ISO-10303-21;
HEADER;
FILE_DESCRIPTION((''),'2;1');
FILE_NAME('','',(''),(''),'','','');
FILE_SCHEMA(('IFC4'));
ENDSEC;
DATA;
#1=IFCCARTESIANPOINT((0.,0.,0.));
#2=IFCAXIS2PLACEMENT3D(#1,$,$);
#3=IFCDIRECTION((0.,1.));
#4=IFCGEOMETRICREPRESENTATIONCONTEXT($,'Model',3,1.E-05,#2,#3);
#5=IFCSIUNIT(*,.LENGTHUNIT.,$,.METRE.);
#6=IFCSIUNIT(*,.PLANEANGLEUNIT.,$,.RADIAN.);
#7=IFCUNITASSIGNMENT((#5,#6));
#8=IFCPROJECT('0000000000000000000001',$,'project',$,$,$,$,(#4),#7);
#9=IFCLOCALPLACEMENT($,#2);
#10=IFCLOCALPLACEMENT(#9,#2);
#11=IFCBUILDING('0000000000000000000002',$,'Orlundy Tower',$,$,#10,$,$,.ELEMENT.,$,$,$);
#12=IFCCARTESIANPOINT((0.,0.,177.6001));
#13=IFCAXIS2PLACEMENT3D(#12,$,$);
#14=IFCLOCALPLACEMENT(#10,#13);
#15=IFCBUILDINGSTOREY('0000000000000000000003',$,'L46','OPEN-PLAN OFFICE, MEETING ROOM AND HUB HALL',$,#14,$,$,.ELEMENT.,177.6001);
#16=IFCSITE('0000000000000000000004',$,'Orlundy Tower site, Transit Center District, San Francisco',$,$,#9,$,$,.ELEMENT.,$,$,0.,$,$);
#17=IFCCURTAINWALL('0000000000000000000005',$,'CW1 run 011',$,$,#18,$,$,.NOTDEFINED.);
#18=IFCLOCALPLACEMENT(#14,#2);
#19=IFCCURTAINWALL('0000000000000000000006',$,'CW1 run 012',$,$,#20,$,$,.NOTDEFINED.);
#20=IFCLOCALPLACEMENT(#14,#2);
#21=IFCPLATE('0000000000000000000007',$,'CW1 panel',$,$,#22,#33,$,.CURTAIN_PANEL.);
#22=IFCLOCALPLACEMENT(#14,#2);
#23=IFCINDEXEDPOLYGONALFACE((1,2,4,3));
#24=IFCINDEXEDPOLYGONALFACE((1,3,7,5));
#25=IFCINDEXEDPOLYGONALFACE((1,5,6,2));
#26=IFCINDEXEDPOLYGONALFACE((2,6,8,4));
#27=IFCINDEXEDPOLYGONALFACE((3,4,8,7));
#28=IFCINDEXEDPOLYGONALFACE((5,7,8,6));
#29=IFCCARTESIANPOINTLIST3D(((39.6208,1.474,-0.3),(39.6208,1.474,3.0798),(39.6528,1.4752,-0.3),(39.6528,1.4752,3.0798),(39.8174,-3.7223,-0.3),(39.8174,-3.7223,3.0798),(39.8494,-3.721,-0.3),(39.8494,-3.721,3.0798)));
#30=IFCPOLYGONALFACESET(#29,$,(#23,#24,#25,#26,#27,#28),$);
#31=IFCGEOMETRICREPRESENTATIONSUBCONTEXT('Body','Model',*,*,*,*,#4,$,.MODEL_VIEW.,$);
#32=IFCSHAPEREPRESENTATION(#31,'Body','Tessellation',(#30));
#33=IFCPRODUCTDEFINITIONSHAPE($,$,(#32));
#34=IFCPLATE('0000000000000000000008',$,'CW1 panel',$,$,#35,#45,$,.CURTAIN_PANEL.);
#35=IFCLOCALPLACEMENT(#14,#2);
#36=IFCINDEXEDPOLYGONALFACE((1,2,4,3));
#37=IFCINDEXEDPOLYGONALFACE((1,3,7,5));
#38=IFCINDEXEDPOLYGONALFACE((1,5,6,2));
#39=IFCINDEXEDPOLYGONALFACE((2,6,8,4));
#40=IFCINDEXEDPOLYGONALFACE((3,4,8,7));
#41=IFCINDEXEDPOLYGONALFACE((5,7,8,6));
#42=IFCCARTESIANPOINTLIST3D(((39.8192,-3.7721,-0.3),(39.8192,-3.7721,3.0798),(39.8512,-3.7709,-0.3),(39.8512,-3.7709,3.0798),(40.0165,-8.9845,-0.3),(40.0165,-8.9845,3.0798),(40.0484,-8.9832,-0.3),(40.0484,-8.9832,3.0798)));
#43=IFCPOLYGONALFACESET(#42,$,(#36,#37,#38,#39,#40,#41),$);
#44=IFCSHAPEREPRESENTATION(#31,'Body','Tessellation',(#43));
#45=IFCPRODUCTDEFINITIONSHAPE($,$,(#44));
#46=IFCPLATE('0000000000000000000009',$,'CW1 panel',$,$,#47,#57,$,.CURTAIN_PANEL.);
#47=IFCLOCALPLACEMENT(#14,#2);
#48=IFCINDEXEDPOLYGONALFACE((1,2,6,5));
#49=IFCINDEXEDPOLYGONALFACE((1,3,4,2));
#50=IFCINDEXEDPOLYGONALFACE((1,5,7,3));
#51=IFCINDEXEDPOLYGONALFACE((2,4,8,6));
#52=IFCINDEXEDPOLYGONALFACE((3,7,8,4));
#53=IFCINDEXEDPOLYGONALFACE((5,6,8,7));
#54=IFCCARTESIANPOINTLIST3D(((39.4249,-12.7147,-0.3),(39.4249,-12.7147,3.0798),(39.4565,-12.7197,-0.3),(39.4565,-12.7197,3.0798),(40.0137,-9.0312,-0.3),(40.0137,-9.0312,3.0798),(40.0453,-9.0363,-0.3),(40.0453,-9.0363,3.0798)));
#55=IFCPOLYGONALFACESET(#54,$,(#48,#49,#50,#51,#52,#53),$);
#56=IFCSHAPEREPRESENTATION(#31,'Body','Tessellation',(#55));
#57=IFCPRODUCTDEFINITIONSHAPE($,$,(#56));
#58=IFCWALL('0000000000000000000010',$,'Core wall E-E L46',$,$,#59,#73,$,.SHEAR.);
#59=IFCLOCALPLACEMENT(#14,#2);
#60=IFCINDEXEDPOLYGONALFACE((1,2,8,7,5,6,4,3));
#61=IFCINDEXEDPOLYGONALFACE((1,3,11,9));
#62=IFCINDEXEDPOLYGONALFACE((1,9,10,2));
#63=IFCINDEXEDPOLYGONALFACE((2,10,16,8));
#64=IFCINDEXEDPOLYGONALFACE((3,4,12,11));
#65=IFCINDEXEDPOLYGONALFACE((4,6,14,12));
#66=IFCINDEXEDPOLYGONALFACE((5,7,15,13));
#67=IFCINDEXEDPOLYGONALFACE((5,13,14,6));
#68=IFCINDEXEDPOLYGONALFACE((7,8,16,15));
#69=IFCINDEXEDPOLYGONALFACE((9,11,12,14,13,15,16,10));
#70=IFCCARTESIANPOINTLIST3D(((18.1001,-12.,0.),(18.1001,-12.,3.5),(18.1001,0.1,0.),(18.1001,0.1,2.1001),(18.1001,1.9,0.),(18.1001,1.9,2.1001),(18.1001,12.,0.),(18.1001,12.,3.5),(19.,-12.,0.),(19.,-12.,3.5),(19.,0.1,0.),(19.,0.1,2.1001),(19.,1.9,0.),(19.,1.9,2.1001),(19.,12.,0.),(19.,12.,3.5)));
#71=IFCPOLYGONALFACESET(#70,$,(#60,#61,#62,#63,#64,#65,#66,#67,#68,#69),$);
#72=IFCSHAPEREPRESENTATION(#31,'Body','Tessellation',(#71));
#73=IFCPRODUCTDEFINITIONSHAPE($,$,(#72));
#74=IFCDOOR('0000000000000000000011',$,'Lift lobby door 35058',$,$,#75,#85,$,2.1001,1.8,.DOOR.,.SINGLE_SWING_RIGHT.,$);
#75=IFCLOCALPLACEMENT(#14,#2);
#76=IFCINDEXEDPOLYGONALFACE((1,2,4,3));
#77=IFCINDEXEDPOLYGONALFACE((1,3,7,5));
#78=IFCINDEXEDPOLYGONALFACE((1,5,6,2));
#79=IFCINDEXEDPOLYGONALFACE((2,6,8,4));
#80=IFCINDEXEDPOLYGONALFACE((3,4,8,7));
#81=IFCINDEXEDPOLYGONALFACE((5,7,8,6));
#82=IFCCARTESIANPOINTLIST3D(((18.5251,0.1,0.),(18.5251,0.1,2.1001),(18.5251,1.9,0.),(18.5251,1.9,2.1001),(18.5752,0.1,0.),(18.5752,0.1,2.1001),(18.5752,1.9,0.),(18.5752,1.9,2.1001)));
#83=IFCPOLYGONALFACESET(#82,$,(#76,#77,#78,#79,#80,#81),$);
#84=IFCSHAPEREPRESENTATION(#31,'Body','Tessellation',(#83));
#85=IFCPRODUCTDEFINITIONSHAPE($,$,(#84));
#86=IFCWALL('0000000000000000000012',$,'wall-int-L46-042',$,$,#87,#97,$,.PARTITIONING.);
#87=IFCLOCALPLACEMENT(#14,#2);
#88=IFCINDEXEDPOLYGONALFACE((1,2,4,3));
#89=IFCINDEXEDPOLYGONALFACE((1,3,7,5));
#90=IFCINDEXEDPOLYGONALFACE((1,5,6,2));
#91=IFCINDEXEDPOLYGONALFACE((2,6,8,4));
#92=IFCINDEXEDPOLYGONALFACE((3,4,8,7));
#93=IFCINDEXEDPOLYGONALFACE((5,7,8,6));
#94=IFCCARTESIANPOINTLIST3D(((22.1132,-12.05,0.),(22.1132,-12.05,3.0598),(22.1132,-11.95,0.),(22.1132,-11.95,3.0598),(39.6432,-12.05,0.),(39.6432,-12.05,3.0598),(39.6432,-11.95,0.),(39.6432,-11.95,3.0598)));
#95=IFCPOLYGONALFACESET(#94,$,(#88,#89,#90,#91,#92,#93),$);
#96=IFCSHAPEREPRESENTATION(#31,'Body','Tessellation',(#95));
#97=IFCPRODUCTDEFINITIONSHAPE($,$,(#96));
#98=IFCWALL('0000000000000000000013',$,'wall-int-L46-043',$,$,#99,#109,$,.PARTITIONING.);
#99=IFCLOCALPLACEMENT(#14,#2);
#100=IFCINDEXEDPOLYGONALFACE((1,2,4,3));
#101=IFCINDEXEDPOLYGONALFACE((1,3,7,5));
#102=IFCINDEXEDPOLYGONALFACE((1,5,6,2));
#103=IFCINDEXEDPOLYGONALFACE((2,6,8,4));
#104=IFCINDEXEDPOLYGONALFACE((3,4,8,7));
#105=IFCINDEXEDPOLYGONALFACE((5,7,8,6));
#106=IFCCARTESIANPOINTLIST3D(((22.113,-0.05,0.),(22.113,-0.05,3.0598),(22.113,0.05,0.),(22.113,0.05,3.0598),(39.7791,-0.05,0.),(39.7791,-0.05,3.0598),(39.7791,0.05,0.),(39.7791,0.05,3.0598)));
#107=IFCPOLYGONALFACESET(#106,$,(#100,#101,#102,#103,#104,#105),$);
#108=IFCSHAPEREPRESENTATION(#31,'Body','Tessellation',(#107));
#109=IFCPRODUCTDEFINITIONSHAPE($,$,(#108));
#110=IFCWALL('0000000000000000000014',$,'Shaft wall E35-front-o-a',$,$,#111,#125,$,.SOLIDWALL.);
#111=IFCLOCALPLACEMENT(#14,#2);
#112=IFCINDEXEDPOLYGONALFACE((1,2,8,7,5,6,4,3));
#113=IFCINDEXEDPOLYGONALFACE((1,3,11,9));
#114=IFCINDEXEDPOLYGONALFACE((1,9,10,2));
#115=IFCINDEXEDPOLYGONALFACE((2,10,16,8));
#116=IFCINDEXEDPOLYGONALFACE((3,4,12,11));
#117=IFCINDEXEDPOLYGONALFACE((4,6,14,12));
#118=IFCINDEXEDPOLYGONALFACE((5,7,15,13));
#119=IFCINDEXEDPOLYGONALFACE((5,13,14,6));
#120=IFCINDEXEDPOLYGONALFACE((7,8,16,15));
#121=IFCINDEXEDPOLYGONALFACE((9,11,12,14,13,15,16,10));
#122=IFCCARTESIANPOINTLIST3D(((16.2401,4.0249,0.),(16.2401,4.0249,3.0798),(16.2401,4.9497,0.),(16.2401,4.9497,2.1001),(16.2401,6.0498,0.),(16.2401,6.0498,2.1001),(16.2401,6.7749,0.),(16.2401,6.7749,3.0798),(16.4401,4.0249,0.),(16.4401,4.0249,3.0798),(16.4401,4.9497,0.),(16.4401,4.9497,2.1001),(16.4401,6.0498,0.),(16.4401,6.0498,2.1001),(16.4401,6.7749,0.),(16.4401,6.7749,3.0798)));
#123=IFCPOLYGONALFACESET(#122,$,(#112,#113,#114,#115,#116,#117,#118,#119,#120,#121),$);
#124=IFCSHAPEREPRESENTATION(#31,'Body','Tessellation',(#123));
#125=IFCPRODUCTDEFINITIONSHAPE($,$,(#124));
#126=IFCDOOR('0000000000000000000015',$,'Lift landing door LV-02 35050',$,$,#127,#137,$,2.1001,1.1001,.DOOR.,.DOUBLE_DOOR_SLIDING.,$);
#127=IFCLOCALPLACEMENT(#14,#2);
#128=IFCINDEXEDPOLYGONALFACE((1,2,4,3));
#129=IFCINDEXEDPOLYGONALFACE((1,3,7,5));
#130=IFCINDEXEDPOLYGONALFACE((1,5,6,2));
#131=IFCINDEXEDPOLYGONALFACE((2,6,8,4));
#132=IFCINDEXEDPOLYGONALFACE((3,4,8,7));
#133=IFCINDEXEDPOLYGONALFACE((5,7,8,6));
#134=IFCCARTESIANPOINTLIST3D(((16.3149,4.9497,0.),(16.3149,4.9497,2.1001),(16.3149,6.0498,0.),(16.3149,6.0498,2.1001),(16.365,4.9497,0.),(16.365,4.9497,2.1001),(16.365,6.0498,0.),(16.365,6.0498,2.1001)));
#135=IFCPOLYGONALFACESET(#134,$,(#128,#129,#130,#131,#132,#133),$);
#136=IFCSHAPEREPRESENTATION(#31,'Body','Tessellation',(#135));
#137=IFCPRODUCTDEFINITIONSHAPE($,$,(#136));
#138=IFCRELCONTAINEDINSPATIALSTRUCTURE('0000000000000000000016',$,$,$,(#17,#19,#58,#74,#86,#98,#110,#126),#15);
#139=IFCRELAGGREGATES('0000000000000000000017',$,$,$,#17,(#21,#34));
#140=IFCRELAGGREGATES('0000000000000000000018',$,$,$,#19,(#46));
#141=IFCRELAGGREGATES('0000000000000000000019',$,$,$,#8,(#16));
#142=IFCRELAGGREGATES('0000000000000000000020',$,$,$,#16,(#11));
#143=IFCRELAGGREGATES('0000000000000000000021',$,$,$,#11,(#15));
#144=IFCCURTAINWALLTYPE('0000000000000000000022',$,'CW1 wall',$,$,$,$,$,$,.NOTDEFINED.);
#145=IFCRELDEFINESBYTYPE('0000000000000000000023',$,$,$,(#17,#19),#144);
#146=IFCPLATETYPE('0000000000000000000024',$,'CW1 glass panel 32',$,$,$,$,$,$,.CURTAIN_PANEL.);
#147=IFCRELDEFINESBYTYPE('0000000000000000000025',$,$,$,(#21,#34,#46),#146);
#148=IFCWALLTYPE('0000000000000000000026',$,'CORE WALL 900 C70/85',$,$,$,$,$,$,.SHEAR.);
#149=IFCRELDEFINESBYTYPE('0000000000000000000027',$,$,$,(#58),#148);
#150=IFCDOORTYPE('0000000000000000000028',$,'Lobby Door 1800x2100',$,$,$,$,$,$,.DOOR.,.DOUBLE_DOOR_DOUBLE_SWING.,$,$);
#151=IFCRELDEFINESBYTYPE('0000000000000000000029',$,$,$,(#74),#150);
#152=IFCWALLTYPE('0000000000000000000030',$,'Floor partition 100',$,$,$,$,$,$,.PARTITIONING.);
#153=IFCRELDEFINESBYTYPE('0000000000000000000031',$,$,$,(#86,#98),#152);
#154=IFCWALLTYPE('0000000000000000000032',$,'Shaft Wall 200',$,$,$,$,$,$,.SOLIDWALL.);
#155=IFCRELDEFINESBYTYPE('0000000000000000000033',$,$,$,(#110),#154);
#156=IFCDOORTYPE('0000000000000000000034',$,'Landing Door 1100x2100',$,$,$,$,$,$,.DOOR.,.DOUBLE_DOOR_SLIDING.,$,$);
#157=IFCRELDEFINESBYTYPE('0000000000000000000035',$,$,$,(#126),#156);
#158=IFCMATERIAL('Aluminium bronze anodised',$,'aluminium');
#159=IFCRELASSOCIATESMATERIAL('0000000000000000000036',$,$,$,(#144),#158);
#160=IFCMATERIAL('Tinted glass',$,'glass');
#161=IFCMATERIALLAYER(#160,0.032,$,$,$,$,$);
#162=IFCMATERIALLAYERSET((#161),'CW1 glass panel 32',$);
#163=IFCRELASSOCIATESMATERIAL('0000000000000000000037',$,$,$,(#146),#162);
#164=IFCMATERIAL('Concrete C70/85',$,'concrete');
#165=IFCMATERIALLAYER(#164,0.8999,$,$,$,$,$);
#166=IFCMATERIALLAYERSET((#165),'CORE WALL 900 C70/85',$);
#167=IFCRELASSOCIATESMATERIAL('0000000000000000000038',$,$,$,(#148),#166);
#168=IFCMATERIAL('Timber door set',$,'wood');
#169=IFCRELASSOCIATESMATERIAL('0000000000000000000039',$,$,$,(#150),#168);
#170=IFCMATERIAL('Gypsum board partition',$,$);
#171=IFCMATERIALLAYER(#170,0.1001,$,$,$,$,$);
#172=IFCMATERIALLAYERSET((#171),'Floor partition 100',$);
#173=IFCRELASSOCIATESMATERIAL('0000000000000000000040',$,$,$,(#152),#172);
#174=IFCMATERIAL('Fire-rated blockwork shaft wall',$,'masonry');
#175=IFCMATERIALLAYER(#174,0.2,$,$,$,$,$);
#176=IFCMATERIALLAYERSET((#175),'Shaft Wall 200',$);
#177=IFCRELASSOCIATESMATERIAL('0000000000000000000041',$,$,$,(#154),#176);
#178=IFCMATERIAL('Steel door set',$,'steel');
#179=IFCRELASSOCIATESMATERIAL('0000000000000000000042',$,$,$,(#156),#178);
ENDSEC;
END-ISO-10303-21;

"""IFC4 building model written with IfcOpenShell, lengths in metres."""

from ifc_helpers import new_model, si_unit, direction, frame, frame_2d, origin, origin_2d, place, context, subcontext, project, spatial, rectangle, extrude, material, layer, layer_set, type_object, element, fill, aggregate, save


model = new_model("IFC4")

# Units and contexts
model_context = context("Model", 3, precision=1e-05, world=origin(), true_north=direction((0.0, 1.0)))
body_context = subcontext(model_context, "Body", "Model", "MODEL_VIEW")
ifc_project = project(units=[si_unit("LENGTHUNIT", "METRE"), si_unit("PLANEANGLEUNIT", "RADIAN")], contexts=[model_context])

# Site, building, storey
site_placement = place(None, origin())
site = spatial("IfcSite", under=ifc_project, at=site_placement, Name="Orlundy Tower site, Transit Center District, San Francisco", CompositionType="ELEMENT", RefElevation=0.0)
building_placement = place(site_placement, origin())
building = spatial("IfcBuilding", under=site, at=building_placement, Name="Orlundy Tower", CompositionType="ELEMENT")
storey_placement = place(building_placement, frame((0.0, 0.0, 177.6001)))
storey = spatial("IfcBuildingStorey", under=building, at=storey_placement, Name="L46", Description="OPEN-PLAN OFFICE, MEETING ROOM AND HUB HALL", CompositionType="ELEMENT", Elevation=177.6001)

# Curtain wall
ifc_material_1 = material(Name="Aluminium bronze anodised", Category="aluminium")
curtain_wall_type = type_object("IfcCurtainWallType", Name="CW1 wall", PredefinedType="NOTDEFINED", material=ifc_material_1)
curtain_wall_1_placement = place(storey_placement, origin())
curtain_wall_1 = element("IfcCurtainWall", 1, at=curtain_wall_1_placement, inside=storey, type_object=curtain_wall_type, Name="CW1 run 011", PredefinedType="NOTDEFINED")

# Curtain wall
curtain_wall_2_placement = place(storey_placement, origin())
curtain_wall_2 = element("IfcCurtainWall", 2, at=curtain_wall_2_placement, inside=storey, type_object=curtain_wall_type, Name="CW1 run 012", PredefinedType="NOTDEFINED")

# Plates
ifc_material_2 = material(Name="Tinted glass", Category="glass")
ifc_layer_1 = layer(ifc_material_2, 0.032)
ifc_layer_set_1 = layer_set([ifc_layer_1], Name="CW1 glass panel 32")
plate_type = type_object("IfcPlateType", Name="CW1 glass panel 32", PredefinedType="CURTAIN_PANEL", material=ifc_layer_set_1)
plate_1_placement = place(storey_placement, frame((39.7351, -1.1235, -0.3), z_axis=(0.0, 0.0, 1.0), x_axis=(0.037809, -0.999285, 0.0)))
plate_1 = element("IfcPlate", 3, at=plate_1_placement, type_object=plate_type, Name="CW1 panel", PredefinedType="CURTAIN_PANEL", context=body_context, shape_type="SweptSolid", body=[
    extrude(rectangle(XDim=5.2, YDim=0.032, at=origin_2d()), origin(), (0.0, 0.0, 1.0), 3.3799),
])
plate_2_placement = place(storey_placement, frame((39.9338, -6.3777, -0.3), z_axis=(0.0, 0.0, 1.0), x_axis=(0.037809, -0.999285, 0.0)))
plate_2 = element("IfcPlate", 4, at=plate_2_placement, type_object=plate_type, Name="CW1 panel", PredefinedType="CURTAIN_PANEL", context=body_context, shape_type="SweptSolid", body=[
    extrude(rectangle(XDim=5.2161, YDim=0.032, at=origin_2d()), origin(), (0.0, 0.0, 1.0), 3.3799),
])
aggregate(curtain_wall_1, [plate_1, plate_2])
plate_3_placement = place(storey_placement, frame((39.7351, -10.8755, -0.3), z_axis=(0.0, 0.0, 1.0), x_axis=(-0.157833, -0.987466, 0.0)))
plate_3 = element("IfcPlate", 5, at=plate_3_placement, type_object=plate_type, Name="CW1 panel", PredefinedType="CURTAIN_PANEL", context=body_context, shape_type="SweptSolid", body=[
    extrude(rectangle(XDim=3.7302, YDim=0.032, at=origin_2d()), origin(), (0.0, 0.0, 1.0), 3.3799),
])
aggregate(curtain_wall_2, [plate_3])

# Wall, opening, door
ifc_material_3 = material(Name="Concrete C70/85", Category="concrete")
ifc_layer_2 = layer(ifc_material_3, 0.8999)
ifc_layer_set_2 = layer_set([ifc_layer_2], Name="CORE WALL 900 C70/85")
wall_type_1 = type_object("IfcWallType", Name="CORE WALL 900 C70/85", PredefinedType="SHEAR", material=ifc_layer_set_2)
wall_1_placement = place(storey_placement, frame((18.55, -12.0, 0.0), z_axis=(0.0, 0.0, 1.0), x_axis=(0.0, 1.0, 0.0)))
wall_1 = element("IfcWall", 6, at=wall_1_placement, inside=storey, type_object=wall_type_1, Name="Core wall E-E L46", PredefinedType="SHEAR", context=body_context, shape_type="SweptSolid", body=[
    extrude(rectangle(XDim=24.0, YDim=0.8999, at=frame_2d((12.0, 0.0))), origin(), (0.0, 0.0, 1.0), 3.5),
])
opening_1_placement = place(wall_1_placement, frame((12.1001, 0.0, 0.0)))
opening_1 = element("IfcOpeningElement", 7, at=opening_1_placement, cuts=wall_1, PredefinedType="OPENING", context=body_context, shape_type="SweptSolid", body=[
    extrude(rectangle(XDim=1.8, YDim=2.1001, at=frame_2d((0.8999, 1.05))), frame((0.0, 0.46, 0.0), z_axis=(0.0, -1.0, 0.0), x_axis=(1.0, 0.0, 0.0)), (0.0, 0.0, 1.0), 0.9199),
])
ifc_material_4 = material(Name="Timber door set", Category="wood")
door_type_1 = type_object("IfcDoorType", Name="Lobby Door 1800x2100", OperationType="DOUBLE_DOOR_DOUBLE_SWING", PredefinedType="DOOR", material=ifc_material_4)
door_1_placement = place(opening_1_placement, origin())
door_1 = element("IfcDoor", 8, at=door_1_placement, inside=storey, type_object=door_type_1, Name="Lift lobby door 35058", OperationType="SINGLE_SWING_RIGHT", OverallHeight=2.1001, OverallWidth=1.8, PredefinedType="DOOR", context=body_context, shape_type="SweptSolid", body=[
    extrude(rectangle(XDim=1.8, YDim=2.1001, at=frame_2d((0.8999, 1.05))), frame((0.0, 0.0249, 0.0), z_axis=(0.0, -1.0, 0.0), x_axis=(1.0, 0.0, 0.0)), (0.0, 0.0, 1.0), 0.05),
])
fill(opening_1, door_1)

# Walls
ifc_material_5 = material(Name="Gypsum board partition")
ifc_layer_3 = layer(ifc_material_5, 0.1001)
ifc_layer_set_3 = layer_set([ifc_layer_3], Name="Floor partition 100")
wall_type_2 = type_object("IfcWallType", Name="Floor partition 100", PredefinedType="PARTITIONING", material=ifc_layer_set_3)
wall_2_placement = place(storey_placement, frame((22.113, -12.0, 0.0), z_axis=(0.0, 0.0, 1.0), x_axis=(1.0, 0.0, 0.0)))
element("IfcWall", 9, at=wall_2_placement, inside=storey, type_object=wall_type_2, Name="wall-int-L46-042", PredefinedType="PARTITIONING", context=body_context, shape_type="SweptSolid", body=[
    extrude(rectangle(XDim=17.53, YDim=0.1001, at=frame_2d((8.7651, 0.0))), origin(), (0.0, 0.0, 1.0), 3.0598),
])
wall_3_placement = place(storey_placement, frame((22.113, 0.0, 0.0), z_axis=(0.0, 0.0, 1.0), x_axis=(1.0, 0.0, 0.0)))
element("IfcWall", 10, at=wall_3_placement, inside=storey, type_object=wall_type_2, Name="wall-int-L46-043", PredefinedType="PARTITIONING", context=body_context, shape_type="SweptSolid", body=[
    extrude(rectangle(XDim=17.666, YDim=0.1001, at=frame_2d((8.833, 0.0))), origin(), (0.0, 0.0, 1.0), 3.0598),
])

# Wall, opening, door
ifc_material_6 = material(Name="Fire-rated blockwork shaft wall", Category="masonry")
ifc_layer_4 = layer(ifc_material_6, 0.2)
ifc_layer_set_4 = layer_set([ifc_layer_4], Name="Shaft Wall 200")
wall_type_3 = type_object("IfcWallType", Name="Shaft Wall 200", PredefinedType="SOLIDWALL", material=ifc_layer_set_4)
wall_4_placement = place(storey_placement, frame((16.3401, 6.7749, 0.0), z_axis=(0.0, 0.0, 1.0), x_axis=(0.0, -1.0, 0.0)))
wall_4 = element("IfcWall", 11, at=wall_4_placement, inside=storey, type_object=wall_type_3, Name="Shaft wall E35-front-o-a", PredefinedType="SOLIDWALL", context=body_context, shape_type="SweptSolid", body=[
    extrude(rectangle(XDim=2.75, YDim=0.2, at=frame_2d((1.375, 0.0))), origin(), (0.0, 0.0, 1.0), 3.0798),
])
opening_2_placement = place(wall_4_placement, frame((0.7251, 0.0, 0.0)))
opening_2 = element("IfcOpeningElement", 12, at=opening_2_placement, cuts=wall_4, PredefinedType="OPENING", context=body_context, shape_type="SweptSolid", body=[
    extrude(rectangle(XDim=1.1001, YDim=2.1001, at=frame_2d((0.55, 1.05))), frame((0.0, 0.1101, 0.0), z_axis=(0.0, -1.0, 0.0), x_axis=(1.0, 0.0, 0.0)), (0.0, 0.0, 1.0), 0.2202),
])
ifc_material_7 = material(Name="Steel door set", Category="steel")
door_type_2 = type_object("IfcDoorType", Name="Landing Door 1100x2100", OperationType="DOUBLE_DOOR_SLIDING", PredefinedType="DOOR", material=ifc_material_7)
door_2_placement = place(opening_2_placement, origin())
door_2 = element("IfcDoor", 13, at=door_2_placement, inside=storey, type_object=door_type_2, Name="Lift landing door LV-02 35050", OperationType="DOUBLE_DOOR_SLIDING", OverallHeight=2.1001, OverallWidth=1.1001, PredefinedType="DOOR", context=body_context, shape_type="SweptSolid", body=[
    extrude(rectangle(XDim=1.1001, YDim=2.1001, at=frame_2d((0.55, 1.05))), frame((0.0, 0.0249, 0.0), z_axis=(0.0, -1.0, 0.0), x_axis=(1.0, 0.0, 0.0)), (0.0, 0.0, 1.0), 0.05),
])
fill(opening_2, door_2)

save(model, "model.ifc")
